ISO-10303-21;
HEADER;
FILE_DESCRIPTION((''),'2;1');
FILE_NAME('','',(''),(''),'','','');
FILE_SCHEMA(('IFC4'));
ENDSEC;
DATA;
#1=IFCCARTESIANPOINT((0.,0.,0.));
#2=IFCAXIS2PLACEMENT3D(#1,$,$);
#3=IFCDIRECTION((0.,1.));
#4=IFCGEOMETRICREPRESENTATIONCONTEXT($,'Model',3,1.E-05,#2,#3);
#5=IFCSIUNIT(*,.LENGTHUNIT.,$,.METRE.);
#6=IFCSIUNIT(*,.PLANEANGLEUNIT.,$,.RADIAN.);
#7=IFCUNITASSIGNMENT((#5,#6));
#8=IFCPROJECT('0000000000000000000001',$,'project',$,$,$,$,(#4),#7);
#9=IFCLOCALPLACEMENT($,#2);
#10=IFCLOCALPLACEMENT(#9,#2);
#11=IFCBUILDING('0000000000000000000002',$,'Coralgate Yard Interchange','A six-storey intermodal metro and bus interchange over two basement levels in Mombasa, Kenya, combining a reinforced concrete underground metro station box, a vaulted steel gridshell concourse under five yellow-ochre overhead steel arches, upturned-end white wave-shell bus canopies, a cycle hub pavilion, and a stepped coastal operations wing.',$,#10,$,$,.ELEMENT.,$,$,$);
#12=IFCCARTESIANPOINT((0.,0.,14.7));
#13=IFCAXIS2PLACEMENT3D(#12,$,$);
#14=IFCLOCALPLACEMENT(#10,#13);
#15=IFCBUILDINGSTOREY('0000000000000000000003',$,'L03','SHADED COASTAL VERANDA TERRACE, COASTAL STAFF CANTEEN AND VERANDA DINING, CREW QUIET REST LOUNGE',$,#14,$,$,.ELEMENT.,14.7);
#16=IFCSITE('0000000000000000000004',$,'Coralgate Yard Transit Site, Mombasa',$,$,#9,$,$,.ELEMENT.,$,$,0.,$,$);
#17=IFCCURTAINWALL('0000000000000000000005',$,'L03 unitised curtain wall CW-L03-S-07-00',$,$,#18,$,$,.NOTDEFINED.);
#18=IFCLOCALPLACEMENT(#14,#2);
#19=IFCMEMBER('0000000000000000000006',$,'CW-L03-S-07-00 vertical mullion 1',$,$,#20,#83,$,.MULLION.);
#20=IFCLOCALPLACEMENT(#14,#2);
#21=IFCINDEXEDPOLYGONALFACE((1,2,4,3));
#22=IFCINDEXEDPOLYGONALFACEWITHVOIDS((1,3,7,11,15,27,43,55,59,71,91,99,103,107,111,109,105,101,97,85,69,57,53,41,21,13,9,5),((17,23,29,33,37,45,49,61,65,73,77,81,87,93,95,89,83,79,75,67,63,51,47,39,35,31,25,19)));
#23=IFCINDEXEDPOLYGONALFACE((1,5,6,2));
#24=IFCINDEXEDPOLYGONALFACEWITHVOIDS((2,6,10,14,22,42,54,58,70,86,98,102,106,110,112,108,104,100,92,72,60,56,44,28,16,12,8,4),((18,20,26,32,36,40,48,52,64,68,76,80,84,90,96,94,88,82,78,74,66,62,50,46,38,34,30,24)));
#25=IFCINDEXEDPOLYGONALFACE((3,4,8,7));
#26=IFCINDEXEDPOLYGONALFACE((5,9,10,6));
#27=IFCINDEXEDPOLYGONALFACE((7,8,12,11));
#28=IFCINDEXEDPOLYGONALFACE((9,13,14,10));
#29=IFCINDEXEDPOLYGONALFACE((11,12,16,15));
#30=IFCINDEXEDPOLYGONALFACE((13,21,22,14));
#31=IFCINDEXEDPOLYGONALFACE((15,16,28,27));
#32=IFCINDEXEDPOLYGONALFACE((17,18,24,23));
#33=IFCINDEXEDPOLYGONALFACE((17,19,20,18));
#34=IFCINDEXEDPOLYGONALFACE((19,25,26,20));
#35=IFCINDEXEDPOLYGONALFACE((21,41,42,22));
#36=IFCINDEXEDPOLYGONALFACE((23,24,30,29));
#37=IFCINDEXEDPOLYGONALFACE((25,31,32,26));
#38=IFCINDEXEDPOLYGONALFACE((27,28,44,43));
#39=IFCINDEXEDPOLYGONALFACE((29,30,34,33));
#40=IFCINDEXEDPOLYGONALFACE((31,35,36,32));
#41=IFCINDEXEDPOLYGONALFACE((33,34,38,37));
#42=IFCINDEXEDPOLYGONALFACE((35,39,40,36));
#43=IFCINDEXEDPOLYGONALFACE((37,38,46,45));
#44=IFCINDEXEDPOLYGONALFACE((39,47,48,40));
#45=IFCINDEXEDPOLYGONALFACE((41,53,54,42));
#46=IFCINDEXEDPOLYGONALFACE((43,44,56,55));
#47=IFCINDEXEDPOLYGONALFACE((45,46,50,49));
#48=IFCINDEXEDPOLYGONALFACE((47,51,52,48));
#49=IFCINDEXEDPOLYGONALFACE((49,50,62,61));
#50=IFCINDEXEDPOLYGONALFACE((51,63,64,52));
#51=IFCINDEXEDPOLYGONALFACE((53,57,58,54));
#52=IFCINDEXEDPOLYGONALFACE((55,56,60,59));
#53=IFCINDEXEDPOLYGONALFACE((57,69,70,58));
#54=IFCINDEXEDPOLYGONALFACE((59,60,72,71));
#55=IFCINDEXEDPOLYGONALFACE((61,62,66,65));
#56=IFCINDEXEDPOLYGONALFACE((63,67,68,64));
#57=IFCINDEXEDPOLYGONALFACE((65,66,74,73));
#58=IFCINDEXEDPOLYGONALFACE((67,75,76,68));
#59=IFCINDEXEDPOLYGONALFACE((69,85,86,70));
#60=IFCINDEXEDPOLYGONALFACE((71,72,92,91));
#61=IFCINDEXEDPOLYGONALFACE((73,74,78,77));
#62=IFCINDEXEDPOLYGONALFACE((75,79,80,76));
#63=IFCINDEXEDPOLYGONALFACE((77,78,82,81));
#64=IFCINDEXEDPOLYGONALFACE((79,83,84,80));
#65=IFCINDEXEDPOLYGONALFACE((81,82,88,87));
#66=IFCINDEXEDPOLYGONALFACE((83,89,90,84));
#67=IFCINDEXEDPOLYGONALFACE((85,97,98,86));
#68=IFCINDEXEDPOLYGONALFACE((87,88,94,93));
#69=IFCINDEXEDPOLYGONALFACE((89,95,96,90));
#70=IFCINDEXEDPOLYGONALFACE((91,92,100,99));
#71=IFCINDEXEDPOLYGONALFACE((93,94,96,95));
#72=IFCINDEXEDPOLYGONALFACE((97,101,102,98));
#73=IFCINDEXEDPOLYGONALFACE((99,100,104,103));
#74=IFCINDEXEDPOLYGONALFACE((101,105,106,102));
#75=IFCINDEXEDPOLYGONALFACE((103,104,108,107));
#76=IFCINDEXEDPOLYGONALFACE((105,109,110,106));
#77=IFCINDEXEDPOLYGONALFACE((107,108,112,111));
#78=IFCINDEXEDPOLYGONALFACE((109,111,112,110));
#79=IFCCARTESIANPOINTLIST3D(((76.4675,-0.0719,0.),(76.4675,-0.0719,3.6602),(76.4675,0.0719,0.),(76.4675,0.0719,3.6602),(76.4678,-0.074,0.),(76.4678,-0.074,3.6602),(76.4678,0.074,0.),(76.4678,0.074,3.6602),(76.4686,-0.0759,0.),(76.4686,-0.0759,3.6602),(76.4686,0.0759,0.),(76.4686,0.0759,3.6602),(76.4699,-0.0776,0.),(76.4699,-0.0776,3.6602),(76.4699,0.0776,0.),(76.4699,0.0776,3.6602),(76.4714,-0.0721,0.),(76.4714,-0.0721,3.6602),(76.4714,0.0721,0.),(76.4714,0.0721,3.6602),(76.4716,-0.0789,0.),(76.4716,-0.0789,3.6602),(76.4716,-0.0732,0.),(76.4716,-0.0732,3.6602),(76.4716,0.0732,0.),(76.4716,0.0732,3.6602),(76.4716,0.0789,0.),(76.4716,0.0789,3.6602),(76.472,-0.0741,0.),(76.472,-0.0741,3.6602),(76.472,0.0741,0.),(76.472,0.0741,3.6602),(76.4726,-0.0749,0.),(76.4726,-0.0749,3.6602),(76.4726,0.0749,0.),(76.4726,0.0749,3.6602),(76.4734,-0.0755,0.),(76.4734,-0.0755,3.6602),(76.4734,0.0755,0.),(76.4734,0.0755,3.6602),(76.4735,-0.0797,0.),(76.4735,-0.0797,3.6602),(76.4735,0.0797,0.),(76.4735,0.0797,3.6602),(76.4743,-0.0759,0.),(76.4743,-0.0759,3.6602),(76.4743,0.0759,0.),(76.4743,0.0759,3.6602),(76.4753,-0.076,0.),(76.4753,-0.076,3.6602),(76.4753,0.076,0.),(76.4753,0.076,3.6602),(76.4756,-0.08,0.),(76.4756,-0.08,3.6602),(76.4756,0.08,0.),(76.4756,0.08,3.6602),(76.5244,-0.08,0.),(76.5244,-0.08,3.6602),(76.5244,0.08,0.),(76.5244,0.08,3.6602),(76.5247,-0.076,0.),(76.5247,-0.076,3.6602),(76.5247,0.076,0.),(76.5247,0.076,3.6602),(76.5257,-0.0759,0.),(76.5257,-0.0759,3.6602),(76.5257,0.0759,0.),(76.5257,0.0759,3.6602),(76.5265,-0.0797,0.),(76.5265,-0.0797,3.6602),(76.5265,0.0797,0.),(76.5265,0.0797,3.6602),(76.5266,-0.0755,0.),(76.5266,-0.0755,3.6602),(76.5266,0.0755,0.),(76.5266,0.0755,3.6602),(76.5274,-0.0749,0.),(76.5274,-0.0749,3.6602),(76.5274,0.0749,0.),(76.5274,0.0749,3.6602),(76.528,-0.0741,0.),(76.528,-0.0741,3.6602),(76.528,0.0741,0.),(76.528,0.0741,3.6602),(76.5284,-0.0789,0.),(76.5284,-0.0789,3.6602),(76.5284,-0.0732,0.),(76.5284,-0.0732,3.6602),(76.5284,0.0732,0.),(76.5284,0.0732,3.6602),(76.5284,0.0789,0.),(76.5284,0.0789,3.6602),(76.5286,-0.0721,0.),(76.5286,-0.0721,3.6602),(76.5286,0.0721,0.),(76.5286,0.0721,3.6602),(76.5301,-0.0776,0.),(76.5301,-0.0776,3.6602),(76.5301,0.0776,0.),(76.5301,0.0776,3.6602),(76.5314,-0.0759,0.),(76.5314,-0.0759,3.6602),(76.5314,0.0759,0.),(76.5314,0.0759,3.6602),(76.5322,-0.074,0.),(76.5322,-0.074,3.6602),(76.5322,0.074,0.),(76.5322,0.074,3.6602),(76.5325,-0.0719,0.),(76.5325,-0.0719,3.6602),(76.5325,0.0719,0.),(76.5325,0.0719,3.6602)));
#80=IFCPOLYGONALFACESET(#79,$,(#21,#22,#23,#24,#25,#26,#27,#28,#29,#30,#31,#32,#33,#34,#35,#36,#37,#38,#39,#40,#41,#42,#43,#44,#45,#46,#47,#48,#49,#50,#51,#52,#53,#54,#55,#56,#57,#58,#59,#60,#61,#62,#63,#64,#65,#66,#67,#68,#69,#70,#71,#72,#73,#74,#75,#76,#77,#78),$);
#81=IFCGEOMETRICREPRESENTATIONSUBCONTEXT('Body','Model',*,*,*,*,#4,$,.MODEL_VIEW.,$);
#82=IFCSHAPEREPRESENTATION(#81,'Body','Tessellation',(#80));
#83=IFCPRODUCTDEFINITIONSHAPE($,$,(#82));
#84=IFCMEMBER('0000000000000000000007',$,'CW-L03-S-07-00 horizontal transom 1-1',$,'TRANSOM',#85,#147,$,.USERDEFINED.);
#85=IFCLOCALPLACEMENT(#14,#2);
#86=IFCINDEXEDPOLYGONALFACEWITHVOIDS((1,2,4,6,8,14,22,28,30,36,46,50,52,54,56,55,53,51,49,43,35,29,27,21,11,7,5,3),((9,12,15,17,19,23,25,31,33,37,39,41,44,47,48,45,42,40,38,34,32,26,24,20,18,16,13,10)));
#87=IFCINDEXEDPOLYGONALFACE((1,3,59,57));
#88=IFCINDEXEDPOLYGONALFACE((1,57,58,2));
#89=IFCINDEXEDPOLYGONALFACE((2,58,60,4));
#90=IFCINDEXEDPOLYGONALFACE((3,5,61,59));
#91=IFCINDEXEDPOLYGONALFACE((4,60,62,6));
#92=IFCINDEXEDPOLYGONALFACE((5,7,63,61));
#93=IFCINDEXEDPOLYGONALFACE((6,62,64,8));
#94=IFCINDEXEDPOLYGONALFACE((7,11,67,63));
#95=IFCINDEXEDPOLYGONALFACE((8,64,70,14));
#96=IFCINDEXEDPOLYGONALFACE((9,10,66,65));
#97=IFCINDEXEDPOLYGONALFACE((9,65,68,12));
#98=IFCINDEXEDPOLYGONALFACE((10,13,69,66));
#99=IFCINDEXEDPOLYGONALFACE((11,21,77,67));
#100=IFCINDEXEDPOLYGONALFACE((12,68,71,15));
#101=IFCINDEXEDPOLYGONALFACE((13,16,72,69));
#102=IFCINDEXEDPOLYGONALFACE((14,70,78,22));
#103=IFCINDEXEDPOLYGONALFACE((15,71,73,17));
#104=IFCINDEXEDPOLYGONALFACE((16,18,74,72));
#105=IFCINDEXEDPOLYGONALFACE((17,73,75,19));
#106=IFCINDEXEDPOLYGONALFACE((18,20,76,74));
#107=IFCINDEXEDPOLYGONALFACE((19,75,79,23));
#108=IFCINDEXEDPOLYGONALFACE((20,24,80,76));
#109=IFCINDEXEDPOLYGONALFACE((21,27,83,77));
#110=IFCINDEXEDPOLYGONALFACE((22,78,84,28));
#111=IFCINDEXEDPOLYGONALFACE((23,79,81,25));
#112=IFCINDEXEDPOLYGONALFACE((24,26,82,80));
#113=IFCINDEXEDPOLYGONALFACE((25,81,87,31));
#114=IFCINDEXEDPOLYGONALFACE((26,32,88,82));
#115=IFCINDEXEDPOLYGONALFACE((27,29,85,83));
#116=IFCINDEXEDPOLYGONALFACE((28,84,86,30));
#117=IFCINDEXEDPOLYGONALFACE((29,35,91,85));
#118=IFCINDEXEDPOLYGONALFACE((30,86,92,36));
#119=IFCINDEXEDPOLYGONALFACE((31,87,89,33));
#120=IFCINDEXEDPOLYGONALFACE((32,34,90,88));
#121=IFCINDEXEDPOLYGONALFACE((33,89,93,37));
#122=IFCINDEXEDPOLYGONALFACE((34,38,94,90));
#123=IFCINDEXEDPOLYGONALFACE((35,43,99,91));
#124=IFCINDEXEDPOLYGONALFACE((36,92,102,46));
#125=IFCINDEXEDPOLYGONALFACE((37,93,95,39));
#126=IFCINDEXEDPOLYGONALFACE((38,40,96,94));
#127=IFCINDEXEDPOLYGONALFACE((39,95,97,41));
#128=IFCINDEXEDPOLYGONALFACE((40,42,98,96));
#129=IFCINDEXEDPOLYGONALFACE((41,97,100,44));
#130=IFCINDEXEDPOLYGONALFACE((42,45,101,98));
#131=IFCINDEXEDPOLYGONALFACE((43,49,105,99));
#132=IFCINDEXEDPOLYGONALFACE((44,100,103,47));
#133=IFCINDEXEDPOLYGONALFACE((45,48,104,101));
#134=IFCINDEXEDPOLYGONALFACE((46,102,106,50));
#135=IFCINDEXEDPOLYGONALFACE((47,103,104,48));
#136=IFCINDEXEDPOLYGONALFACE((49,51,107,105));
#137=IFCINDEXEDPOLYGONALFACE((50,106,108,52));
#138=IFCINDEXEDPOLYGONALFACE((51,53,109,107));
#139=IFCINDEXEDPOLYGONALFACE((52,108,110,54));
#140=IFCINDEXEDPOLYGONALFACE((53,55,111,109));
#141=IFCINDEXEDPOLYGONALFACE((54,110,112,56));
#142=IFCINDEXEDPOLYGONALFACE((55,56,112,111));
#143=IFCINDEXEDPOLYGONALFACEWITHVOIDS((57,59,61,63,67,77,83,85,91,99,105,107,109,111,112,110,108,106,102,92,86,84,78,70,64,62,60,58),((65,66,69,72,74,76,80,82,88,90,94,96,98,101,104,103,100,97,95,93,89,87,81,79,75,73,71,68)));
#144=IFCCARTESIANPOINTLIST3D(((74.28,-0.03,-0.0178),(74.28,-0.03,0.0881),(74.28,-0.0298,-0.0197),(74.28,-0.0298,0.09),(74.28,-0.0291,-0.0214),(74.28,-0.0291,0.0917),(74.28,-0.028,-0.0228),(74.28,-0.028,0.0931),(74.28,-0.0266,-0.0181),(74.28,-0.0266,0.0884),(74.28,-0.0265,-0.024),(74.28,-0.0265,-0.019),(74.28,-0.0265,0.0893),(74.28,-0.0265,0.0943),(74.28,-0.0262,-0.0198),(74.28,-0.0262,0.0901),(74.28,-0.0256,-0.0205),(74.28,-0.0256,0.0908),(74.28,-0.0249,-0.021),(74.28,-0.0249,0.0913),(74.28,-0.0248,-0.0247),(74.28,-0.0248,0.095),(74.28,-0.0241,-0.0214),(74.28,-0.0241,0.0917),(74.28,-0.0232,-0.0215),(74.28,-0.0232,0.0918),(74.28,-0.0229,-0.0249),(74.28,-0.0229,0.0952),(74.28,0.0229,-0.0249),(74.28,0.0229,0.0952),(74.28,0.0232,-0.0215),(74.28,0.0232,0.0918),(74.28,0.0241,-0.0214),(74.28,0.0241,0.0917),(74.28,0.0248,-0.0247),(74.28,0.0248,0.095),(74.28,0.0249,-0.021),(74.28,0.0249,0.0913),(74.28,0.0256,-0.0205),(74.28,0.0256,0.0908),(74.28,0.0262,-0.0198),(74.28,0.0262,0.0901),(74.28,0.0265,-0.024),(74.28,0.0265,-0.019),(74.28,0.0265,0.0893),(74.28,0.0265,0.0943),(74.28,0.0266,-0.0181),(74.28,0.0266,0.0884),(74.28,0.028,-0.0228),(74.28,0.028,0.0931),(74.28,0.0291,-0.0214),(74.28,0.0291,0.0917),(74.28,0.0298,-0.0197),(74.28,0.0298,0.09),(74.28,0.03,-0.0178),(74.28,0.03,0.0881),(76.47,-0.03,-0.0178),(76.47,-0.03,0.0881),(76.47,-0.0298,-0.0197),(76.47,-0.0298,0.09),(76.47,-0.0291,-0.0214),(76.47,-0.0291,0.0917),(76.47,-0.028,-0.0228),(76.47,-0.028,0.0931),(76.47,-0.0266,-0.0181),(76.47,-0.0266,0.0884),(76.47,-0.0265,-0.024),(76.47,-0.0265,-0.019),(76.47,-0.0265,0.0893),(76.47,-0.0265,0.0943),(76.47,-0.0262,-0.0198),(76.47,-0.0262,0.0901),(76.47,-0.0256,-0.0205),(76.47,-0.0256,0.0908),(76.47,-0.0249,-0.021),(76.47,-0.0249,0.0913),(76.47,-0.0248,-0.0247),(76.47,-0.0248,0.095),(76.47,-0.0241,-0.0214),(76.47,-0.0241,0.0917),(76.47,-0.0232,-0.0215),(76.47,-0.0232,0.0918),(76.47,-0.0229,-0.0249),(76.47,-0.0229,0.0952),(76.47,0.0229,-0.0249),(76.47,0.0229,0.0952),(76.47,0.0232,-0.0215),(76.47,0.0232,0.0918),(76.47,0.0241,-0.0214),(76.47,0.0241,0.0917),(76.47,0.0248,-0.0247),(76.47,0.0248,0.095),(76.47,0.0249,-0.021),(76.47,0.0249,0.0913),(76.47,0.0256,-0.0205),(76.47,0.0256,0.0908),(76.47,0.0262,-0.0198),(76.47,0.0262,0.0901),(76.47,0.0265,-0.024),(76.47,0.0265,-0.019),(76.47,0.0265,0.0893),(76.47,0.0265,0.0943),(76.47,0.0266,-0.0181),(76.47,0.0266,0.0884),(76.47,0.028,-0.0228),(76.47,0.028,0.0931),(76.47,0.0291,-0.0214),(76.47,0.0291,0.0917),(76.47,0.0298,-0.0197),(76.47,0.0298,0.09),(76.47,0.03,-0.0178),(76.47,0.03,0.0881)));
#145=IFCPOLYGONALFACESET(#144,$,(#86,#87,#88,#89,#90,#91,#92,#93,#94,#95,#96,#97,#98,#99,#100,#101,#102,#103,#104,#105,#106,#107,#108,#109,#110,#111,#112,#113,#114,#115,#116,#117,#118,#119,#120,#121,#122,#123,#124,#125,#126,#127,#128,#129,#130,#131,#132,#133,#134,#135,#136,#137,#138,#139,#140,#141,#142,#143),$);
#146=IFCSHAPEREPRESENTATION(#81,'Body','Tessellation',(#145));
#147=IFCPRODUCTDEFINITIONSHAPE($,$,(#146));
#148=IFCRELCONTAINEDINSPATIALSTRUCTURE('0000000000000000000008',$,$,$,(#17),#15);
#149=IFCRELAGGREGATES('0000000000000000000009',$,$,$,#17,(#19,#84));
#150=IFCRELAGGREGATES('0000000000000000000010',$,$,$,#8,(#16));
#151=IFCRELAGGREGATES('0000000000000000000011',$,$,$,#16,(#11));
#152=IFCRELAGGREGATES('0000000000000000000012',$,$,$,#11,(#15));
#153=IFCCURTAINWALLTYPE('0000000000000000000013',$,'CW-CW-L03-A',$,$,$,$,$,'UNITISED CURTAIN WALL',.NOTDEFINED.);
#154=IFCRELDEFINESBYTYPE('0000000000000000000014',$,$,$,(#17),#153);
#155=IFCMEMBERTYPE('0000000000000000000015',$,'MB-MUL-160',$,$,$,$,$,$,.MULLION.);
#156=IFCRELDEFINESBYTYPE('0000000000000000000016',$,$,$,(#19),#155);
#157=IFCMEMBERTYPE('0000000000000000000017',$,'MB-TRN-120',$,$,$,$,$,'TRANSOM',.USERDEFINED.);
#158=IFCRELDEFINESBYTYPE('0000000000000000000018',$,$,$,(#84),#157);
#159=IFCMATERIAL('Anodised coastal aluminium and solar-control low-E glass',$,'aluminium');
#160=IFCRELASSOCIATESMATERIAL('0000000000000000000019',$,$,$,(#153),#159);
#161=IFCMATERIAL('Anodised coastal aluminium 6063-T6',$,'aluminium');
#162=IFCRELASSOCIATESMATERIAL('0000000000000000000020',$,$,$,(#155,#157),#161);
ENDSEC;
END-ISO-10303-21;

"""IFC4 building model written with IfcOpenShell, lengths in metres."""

from ifc_helpers import new_model, si_unit, direction, frame, origin, origin_2d, place, context, subcontext, project, spatial, hollow_rectangle, extrude, material, material_profile, profile_set, type_object, element, aggregate, save


model = new_model("IFC4")

# Units and contexts
model_context = context("Model", 3, precision=1e-05, world=origin(), true_north=direction((0.0, 1.0)))
body_context = subcontext(model_context, "Body", "Model", "MODEL_VIEW")
ifc_project = project(units=[si_unit("LENGTHUNIT", "METRE"), si_unit("PLANEANGLEUNIT", "RADIAN")], contexts=[model_context])

# Site, building, storey
site_placement = place(None, origin())
site = spatial("IfcSite", under=ifc_project, at=site_placement, Name="Coralgate Yard Transit Site, Mombasa", CompositionType="ELEMENT", RefElevation=0.0)
building_placement = place(site_placement, origin())
building = spatial("IfcBuilding", under=site, at=building_placement, Name="Coralgate Yard Interchange", Description="A six-storey intermodal metro and bus interchange over two basement levels in Mombasa, Kenya, combining a reinforced concrete underground metro station box, a vaulted steel gridshell concourse under five yellow-ochre overhead steel arches, upturned-end white wave-shell bus canopies, a cycle hub pavilion, and a stepped coastal operations wing.", CompositionType="ELEMENT")
storey_placement = place(building_placement, frame((0.0, 0.0, 14.7)))
storey = spatial("IfcBuildingStorey", under=building, at=storey_placement, Name="L03", Description="SHADED COASTAL VERANDA TERRACE, COASTAL STAFF CANTEEN AND VERANDA DINING, CREW QUIET REST LOUNGE", CompositionType="ELEMENT", Elevation=14.7)

# Curtain wall, members
ifc_material_1 = material(Name="Anodised coastal aluminium and solar-control low-E glass", Category="aluminium")
curtain_wall_type = type_object("IfcCurtainWallType", Name="CW-CW-L03-A", ElementType="UNITISED CURTAIN WALL", PredefinedType="NOTDEFINED", material=ifc_material_1)
curtain_wall_placement = place(storey_placement, origin())
curtain_wall = element("IfcCurtainWall", 1, at=curtain_wall_placement, inside=storey, type_object=curtain_wall_type, Name="L03 unitised curtain wall CW-L03-S-07-00", PredefinedType="NOTDEFINED")
ifc_material_2 = material(Name="Anodised coastal aluminium 6063-T6", Category="aluminium")
ifc_material_profile_1 = material_profile(ifc_material_2, hollow_rectangle(XDim=0.0649, YDim=0.1599, WallThickness=0.0039, InnerFilletRadius=0.0039, OuterFilletRadius=0.0081, at=origin_2d()), Name="ALU 65x160x4")
ifc_profile_set_1 = profile_set([ifc_material_profile_1], Name="Anodised coastal aluminium 6063-T6")
member_type_1 = type_object("IfcMemberType", Name="MB-MUL-160", PredefinedType="MULLION", material=ifc_profile_set_1)
member_1_placement = place(storey_placement, frame((76.5, 0.0, 0.0), z_axis=(0.0, 0.0, 1.0), x_axis=(1.0, 0.0, 0.0)))
member_1 = element("IfcMember", 2, at=member_1_placement, type_object=member_type_1, Name="CW-L03-S-07-00 vertical mullion 1", PredefinedType="MULLION", context=body_context, shape_type="SweptSolid", body=[
    extrude(hollow_rectangle(XDim=0.0649, YDim=0.1599, WallThickness=0.0039, InnerFilletRadius=0.0039, OuterFilletRadius=0.0081, at=origin_2d()), origin(), (0.0, 0.0, 1.0), 3.6602),
])
ifc_material_profile_2 = material_profile(ifc_material_2, hollow_rectangle(XDim=0.0601, YDim=0.1201, WallThickness=0.0034, InnerFilletRadius=0.0034, OuterFilletRadius=0.0071, at=origin_2d()), Name="ALU 60x120x3.5")
ifc_profile_set_2 = profile_set([ifc_material_profile_2], Name="Anodised coastal aluminium 6063-T6")
member_type_2 = type_object("IfcMemberType", Name="MB-TRN-120", ElementType="TRANSOM", PredefinedType="USERDEFINED", material=ifc_profile_set_2)
member_2_placement = place(storey_placement, frame((76.47, 0.0, 0.0352), z_axis=(-1.0, 0.0, 0.0), x_axis=(0.0, -1.0, 0.0)))
member_2 = element("IfcMember", 3, at=member_2_placement, type_object=member_type_2, Name="CW-L03-S-07-00 horizontal transom 1-1", ObjectType="TRANSOM", PredefinedType="USERDEFINED", context=body_context, shape_type="SweptSolid", body=[
    extrude(hollow_rectangle(XDim=0.0601, YDim=0.1201, WallThickness=0.0034, InnerFilletRadius=0.0034, OuterFilletRadius=0.0071, at=origin_2d()), origin(), (0.0, 0.0, 1.0), 2.1899),
])
aggregate(curtain_wall, [member_1, member_2])

save(model, "model.ifc")
